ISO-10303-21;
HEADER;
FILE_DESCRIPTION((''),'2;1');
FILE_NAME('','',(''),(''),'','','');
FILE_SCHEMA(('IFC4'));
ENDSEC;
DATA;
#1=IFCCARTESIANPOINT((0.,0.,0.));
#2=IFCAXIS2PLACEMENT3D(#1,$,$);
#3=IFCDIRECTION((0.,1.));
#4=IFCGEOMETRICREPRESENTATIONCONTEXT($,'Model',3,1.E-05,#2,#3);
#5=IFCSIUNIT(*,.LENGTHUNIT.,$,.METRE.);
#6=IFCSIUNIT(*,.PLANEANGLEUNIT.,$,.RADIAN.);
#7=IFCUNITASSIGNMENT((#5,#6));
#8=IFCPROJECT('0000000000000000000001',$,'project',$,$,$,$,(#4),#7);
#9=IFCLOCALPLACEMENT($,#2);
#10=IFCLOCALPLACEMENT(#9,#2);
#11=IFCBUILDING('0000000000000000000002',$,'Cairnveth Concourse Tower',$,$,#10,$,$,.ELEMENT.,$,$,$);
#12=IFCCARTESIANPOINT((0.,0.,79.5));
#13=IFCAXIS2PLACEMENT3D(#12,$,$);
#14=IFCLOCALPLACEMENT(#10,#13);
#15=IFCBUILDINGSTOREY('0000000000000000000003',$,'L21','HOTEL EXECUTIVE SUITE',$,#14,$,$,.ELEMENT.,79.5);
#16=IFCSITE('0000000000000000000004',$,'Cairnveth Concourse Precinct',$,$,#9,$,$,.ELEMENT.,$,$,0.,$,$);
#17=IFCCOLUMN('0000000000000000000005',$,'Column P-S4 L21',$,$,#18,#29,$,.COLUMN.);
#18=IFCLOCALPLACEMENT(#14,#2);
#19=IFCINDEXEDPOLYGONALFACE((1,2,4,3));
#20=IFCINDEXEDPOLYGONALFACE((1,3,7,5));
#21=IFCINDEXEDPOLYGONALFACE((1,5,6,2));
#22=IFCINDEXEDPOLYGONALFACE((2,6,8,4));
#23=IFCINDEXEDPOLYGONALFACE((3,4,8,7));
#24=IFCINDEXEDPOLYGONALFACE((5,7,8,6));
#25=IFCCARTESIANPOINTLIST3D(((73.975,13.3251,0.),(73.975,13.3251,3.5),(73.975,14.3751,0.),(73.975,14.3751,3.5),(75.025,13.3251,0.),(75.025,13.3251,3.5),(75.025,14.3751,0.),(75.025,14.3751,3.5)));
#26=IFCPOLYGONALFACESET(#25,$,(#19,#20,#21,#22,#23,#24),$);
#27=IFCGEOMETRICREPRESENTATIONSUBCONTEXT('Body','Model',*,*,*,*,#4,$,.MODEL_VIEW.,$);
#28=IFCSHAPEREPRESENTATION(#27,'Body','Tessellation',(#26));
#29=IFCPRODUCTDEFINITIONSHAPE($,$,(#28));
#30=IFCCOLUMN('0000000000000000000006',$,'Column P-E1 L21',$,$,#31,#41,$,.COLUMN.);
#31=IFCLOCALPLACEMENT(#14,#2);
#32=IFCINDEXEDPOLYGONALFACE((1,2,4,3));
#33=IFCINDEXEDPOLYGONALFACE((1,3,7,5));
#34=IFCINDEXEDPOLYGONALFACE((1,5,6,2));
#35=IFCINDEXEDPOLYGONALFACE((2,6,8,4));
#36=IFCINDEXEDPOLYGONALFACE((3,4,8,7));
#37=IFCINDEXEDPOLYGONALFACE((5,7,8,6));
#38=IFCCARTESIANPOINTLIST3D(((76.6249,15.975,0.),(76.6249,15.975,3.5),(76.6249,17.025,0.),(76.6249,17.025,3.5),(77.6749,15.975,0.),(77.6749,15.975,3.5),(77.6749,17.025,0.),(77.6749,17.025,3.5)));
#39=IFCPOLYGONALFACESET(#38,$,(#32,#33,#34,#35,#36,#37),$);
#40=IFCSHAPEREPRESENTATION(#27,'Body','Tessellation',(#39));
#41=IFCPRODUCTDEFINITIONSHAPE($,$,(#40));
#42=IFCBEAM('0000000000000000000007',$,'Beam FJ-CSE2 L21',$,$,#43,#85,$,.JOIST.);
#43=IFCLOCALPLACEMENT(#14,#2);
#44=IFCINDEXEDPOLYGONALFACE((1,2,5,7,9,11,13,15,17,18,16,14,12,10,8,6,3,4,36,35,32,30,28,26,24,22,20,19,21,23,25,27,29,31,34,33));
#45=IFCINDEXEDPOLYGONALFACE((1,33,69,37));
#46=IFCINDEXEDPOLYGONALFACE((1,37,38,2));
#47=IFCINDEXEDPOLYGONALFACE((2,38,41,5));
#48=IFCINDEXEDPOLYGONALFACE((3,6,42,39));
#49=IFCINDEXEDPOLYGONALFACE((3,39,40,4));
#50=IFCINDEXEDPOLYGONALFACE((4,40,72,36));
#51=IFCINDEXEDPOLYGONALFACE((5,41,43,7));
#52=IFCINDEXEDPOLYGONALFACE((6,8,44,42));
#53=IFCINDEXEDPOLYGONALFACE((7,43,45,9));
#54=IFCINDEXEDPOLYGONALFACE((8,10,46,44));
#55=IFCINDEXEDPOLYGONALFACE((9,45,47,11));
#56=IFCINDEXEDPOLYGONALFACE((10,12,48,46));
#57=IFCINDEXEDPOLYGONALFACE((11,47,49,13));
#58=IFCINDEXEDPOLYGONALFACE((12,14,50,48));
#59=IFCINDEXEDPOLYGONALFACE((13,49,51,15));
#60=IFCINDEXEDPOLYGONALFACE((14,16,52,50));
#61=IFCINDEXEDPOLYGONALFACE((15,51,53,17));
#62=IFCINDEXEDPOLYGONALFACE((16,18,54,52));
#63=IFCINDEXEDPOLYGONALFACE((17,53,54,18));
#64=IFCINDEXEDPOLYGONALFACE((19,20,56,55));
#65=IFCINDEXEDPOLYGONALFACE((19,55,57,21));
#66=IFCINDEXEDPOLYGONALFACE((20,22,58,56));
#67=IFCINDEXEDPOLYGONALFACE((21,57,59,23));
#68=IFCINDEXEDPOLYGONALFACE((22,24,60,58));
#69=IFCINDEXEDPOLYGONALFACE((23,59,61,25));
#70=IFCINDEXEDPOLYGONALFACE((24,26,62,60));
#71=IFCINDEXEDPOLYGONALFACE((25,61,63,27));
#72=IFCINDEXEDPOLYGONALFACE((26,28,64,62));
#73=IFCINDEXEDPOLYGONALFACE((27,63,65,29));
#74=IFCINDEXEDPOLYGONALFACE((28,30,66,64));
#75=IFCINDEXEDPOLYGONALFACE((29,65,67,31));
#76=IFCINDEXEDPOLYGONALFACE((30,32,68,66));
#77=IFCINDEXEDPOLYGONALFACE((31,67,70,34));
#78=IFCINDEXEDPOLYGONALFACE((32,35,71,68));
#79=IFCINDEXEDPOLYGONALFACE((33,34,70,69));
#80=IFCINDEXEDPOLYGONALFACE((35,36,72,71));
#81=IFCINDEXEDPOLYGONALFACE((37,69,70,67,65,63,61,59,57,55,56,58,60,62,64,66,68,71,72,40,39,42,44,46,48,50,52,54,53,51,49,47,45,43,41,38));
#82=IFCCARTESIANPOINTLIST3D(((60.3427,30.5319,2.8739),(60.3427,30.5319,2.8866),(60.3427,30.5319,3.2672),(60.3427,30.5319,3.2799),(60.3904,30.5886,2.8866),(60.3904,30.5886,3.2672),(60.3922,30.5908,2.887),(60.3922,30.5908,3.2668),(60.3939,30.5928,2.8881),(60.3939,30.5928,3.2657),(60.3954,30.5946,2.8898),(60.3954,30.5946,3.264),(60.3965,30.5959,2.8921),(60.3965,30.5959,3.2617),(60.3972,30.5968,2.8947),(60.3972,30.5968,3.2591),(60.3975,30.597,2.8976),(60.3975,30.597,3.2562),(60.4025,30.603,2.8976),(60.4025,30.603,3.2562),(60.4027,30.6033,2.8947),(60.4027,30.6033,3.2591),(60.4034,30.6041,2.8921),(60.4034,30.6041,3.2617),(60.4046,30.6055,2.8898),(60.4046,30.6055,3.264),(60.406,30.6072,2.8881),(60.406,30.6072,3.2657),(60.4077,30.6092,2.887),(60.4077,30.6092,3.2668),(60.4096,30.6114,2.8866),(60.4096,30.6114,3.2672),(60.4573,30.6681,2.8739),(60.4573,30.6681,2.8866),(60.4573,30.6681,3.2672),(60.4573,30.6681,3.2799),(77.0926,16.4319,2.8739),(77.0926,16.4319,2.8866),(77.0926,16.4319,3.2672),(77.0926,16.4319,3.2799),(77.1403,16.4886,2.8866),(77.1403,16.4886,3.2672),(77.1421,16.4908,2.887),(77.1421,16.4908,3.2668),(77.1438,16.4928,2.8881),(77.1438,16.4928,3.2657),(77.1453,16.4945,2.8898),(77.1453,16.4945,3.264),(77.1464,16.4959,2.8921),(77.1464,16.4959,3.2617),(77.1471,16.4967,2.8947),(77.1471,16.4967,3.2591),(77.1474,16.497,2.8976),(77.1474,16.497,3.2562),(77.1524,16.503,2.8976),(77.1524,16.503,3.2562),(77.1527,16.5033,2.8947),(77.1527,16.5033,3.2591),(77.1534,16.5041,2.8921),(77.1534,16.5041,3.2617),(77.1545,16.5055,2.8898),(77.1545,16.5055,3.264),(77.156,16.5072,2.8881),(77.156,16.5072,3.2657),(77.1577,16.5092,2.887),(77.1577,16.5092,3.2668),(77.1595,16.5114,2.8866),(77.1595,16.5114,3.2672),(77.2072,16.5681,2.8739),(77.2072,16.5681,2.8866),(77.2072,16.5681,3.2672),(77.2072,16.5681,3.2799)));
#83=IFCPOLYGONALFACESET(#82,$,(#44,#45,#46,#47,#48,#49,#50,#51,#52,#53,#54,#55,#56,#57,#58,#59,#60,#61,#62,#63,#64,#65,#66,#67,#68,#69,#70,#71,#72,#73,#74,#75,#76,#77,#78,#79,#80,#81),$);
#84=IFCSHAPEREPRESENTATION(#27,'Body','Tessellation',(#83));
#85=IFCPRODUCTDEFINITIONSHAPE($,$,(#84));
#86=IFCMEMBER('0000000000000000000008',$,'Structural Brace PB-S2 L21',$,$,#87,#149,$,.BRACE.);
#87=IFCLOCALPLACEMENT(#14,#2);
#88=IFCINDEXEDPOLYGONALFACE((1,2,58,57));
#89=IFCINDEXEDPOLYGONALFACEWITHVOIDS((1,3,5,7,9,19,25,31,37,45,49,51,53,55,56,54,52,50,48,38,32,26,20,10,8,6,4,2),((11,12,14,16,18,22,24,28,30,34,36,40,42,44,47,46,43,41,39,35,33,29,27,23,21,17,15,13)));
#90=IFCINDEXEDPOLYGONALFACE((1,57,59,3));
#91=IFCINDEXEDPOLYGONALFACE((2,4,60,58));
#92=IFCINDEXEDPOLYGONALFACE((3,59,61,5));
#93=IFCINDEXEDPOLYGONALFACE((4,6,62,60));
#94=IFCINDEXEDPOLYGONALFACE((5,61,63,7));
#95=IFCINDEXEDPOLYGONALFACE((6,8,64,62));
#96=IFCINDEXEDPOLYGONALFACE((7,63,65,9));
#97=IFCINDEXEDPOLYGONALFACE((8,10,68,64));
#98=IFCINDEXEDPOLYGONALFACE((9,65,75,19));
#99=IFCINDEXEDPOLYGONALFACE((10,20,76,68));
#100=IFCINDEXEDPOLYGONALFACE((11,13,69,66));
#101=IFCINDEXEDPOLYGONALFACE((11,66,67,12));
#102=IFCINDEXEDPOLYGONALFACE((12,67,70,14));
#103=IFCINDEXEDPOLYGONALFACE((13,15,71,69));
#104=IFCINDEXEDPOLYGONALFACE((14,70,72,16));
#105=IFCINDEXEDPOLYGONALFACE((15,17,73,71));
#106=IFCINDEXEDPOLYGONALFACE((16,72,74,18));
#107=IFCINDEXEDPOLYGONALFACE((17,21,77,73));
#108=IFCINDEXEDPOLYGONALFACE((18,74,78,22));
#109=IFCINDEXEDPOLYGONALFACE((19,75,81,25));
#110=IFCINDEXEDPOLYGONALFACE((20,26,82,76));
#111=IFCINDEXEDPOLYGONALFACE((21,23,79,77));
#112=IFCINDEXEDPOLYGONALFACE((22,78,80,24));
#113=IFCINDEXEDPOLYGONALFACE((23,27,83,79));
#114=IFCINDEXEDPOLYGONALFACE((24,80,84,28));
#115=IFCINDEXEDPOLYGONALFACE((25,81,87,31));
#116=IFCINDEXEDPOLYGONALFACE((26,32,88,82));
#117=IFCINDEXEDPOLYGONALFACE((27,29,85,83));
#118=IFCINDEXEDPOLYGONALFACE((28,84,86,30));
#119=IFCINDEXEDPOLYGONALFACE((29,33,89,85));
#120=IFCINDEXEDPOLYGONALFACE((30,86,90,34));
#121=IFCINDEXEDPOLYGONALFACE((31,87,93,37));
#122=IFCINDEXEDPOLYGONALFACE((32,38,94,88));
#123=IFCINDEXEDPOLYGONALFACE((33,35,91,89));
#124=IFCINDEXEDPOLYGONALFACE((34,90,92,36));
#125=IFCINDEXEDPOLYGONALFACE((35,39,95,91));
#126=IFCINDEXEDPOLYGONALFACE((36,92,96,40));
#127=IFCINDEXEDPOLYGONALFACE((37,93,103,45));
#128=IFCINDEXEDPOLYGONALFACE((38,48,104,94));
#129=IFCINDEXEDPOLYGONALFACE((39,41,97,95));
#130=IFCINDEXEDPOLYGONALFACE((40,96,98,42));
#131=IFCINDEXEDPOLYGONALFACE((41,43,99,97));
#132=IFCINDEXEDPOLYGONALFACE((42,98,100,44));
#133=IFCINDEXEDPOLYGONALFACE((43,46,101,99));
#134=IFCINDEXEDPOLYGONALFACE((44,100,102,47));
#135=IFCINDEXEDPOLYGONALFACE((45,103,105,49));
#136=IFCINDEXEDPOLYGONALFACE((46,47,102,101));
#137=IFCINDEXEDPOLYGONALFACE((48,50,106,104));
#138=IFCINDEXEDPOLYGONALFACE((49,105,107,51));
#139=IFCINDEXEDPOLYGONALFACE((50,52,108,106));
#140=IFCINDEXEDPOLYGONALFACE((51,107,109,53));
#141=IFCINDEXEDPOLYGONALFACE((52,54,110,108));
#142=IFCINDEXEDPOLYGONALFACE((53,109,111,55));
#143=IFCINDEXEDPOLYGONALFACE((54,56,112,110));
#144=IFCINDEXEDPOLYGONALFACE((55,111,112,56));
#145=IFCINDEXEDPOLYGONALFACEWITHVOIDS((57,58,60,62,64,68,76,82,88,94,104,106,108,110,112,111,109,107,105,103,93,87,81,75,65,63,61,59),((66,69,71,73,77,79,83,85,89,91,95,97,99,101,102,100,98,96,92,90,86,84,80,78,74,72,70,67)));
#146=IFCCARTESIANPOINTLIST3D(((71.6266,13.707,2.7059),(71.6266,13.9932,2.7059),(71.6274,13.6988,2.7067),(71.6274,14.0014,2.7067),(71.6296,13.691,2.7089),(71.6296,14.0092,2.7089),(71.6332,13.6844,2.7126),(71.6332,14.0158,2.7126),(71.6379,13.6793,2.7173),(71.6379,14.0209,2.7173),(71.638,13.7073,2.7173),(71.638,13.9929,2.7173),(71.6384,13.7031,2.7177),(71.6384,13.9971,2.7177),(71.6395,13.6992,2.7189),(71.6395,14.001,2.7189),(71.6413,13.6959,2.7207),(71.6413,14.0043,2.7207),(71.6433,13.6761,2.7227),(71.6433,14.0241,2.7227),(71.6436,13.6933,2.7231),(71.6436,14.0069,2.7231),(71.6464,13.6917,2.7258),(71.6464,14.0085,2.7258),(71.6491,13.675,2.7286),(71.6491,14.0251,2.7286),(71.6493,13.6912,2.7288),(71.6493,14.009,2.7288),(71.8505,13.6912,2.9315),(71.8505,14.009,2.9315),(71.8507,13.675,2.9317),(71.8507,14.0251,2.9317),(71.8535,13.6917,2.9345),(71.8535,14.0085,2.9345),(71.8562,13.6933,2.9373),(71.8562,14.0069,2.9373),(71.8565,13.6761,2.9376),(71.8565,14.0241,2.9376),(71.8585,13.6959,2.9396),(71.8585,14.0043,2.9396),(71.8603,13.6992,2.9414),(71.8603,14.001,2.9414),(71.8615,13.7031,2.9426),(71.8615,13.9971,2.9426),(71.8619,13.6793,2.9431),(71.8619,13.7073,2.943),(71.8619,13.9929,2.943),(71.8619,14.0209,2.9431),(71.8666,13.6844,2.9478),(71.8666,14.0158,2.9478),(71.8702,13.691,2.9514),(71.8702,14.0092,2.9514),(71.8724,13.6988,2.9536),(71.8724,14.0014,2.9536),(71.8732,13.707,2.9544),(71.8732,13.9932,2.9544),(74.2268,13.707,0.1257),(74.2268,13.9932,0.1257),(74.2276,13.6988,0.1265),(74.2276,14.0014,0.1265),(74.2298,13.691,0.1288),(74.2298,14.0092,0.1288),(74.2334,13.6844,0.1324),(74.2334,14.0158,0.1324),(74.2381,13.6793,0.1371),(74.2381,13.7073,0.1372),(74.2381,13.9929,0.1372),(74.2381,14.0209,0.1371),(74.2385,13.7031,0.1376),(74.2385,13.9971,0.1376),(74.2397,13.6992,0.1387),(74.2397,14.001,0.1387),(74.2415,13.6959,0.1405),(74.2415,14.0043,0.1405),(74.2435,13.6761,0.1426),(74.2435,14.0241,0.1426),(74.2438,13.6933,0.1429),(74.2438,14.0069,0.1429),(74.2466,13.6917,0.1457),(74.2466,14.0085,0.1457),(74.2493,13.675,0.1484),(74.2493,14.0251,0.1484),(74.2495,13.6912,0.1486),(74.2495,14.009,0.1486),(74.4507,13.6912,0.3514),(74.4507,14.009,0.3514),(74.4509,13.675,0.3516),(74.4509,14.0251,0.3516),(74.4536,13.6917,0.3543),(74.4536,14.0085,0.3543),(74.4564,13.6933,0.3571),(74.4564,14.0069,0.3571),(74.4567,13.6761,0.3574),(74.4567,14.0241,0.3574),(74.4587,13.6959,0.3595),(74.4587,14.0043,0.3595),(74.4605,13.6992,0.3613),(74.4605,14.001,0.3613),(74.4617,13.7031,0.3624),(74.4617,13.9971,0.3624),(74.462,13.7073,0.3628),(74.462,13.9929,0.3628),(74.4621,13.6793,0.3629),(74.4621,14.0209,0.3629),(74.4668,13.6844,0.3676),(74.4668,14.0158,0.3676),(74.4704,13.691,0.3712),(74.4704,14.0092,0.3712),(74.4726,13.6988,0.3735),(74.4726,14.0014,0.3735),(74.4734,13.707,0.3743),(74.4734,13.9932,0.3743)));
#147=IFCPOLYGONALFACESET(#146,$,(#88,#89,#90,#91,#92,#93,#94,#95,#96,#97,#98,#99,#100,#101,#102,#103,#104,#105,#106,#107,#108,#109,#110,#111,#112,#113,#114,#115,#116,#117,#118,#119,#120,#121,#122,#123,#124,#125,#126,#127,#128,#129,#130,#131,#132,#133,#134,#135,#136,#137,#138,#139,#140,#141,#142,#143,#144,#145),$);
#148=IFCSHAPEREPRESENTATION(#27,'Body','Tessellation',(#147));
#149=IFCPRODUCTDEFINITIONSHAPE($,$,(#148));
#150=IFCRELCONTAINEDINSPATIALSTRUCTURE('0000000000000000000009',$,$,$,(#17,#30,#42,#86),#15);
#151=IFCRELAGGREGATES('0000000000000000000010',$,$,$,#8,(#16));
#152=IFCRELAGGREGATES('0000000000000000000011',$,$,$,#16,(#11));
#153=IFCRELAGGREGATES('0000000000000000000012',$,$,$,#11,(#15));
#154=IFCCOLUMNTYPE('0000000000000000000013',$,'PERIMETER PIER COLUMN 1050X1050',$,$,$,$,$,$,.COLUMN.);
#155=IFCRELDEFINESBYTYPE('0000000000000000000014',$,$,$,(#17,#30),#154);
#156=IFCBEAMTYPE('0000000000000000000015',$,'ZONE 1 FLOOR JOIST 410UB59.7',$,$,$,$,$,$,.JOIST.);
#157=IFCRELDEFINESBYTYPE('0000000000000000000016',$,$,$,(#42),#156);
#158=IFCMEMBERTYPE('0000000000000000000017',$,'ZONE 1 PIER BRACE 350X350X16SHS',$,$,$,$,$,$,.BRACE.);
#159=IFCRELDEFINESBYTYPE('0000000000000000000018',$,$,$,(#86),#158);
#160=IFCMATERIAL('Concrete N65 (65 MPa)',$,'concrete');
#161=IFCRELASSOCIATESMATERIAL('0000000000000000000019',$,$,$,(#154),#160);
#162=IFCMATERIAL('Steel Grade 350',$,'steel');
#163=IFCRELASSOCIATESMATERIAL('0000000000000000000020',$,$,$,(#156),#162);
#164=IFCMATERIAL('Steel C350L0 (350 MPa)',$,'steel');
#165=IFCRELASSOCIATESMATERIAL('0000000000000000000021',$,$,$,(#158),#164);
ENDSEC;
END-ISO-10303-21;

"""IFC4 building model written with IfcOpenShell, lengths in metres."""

from ifc_helpers import new_model, si_unit, direction, frame, origin, origin_2d, place, context, subcontext, project, spatial, rectangle, hollow_rectangle, i_section, extrude, material, material_profile, profile_set, type_object, element, save


model = new_model("IFC4")

# Units and contexts
model_context = context("Model", 3, precision=1e-05, world=origin(), true_north=direction((0.0, 1.0)))
body_context = subcontext(model_context, "Body", "Model", "MODEL_VIEW")
ifc_project = project(units=[si_unit("LENGTHUNIT", "METRE"), si_unit("PLANEANGLEUNIT", "RADIAN")], contexts=[model_context])

# Site, building, storey
site_placement = place(None, origin())
site = spatial("IfcSite", under=ifc_project, at=site_placement, Name="Cairnveth Concourse Precinct", CompositionType="ELEMENT", RefElevation=0.0)
building_placement = place(site_placement, origin())
building = spatial("IfcBuilding", under=site, at=building_placement, Name="Cairnveth Concourse Tower", CompositionType="ELEMENT")
storey_placement = place(building_placement, frame((0.0, 0.0, 79.5)))
storey = spatial("IfcBuildingStorey", under=building, at=storey_placement, Name="L21", Description="HOTEL EXECUTIVE SUITE", CompositionType="ELEMENT", Elevation=79.5)

# Columns
ifc_material_1 = material(Name="Concrete N65 (65 MPa)", Category="concrete")
ifc_material_profile_1 = material_profile(ifc_material_1, rectangle(XDim=1.05, YDim=1.05, at=origin_2d()), Name="RC-COL-1050x1050")
ifc_profile_set_1 = profile_set([ifc_material_profile_1], Name="Concrete N65 (65 MPa)")
column_type = type_object("IfcColumnType", Name="PERIMETER PIER COLUMN 1050X1050", PredefinedType="COLUMN", material=ifc_profile_set_1)
for number, where, z_axis, x_axis, name in (
    (1, (74.5, 13.8501, 0.0), (0.0, 0.0, 1.0), (1.0, 0.0, 0.0), "Column P-S4 L21"),
    (2, (77.1499, 16.5, 0.0), (0.0, 0.0, 1.0), (0.0, 1.0, 0.0), "Column P-E1 L21"),
):
    element("IfcColumn", number, at=place(storey_placement, frame(where, z_axis=z_axis, x_axis=x_axis)), inside=storey, type_object=column_type, Name=name, PredefinedType="COLUMN", context=body_context, shape_type="SweptSolid", body=[
        extrude(rectangle(XDim=1.05, YDim=1.05, at=origin_2d()), origin(), (0.0, 0.0, 1.0), 3.5),
    ])

# Beam
ifc_material_2 = material(Name="Steel Grade 350", Category="steel")
ifc_material_profile_2 = material_profile(ifc_material_2, i_section(OverallWidth=0.178, OverallDepth=0.406, WebThickness=0.0078, FlangeThickness=0.0127, FilletRadius=0.011, at=origin_2d()), Name="410UB59.7")
ifc_profile_set_2 = profile_set([ifc_material_profile_2], Name="Steel Grade 350")
beam_type_1 = type_object("IfcBeamType", Name="ZONE 1 FLOOR JOIST 410UB59.7", PredefinedType="JOIST", material=ifc_profile_set_2)
beam_1_placement = place(storey_placement, frame((77.1499, 16.5, 3.0769), z_axis=(-0.765027, 0.643998, 0.0), x_axis=(-0.643998, -0.765027, 0.0)))
element("IfcBeam", 3, at=beam_1_placement, inside=storey, type_object=beam_type_1, Name="Beam FJ-CSE2 L21", PredefinedType="JOIST", context=body_context, shape_type="SweptSolid", body=[
    extrude(i_section(OverallWidth=0.178, OverallDepth=0.406, WebThickness=0.0078, FlangeThickness=0.0127, FilletRadius=0.011, at=origin_2d()), origin(), (0.0, 0.0, 1.0), 21.8945),
])

# Member
ifc_material_3 = material(Name="Steel C350L0 (350 MPa)", Category="steel")
ifc_material_profile_3 = material_profile(ifc_material_3, hollow_rectangle(XDim=0.3501, YDim=0.3501, WallThickness=0.0161, InnerFilletRadius=0.0161, OuterFilletRadius=0.032, at=origin_2d()), Name="350x350x16.0SHS")
ifc_profile_set_3 = profile_set([ifc_material_profile_3], Name="Steel C350L0 (350 MPa)")
member_type = type_object("IfcMemberType", Name="ZONE 1 PIER BRACE 350X350X16SHS", PredefinedType="BRACE", material=ifc_profile_set_3)
for number, where, z_axis, x_axis, name in (
    (4, (74.3501, 13.8501, 0.25), (-0.709834, 0.0, 0.704369), (0.0, -1.0, 0.0), "Structural Brace PB-S2 L21"),
):
    element("IfcMember", number, at=place(storey_placement, frame(where, z_axis=z_axis, x_axis=x_axis)), inside=storey, type_object=member_type, Name=name, PredefinedType="BRACE", context=body_context, shape_type="SweptSolid", body=[
        extrude(hollow_rectangle(XDim=0.3501, YDim=0.3501, WallThickness=0.0161, InnerFilletRadius=0.0161, OuterFilletRadius=0.032, at=origin_2d()), origin(), (0.0, 0.0, 1.0), 3.6631),
    ])

save(model, "model.ifc")
